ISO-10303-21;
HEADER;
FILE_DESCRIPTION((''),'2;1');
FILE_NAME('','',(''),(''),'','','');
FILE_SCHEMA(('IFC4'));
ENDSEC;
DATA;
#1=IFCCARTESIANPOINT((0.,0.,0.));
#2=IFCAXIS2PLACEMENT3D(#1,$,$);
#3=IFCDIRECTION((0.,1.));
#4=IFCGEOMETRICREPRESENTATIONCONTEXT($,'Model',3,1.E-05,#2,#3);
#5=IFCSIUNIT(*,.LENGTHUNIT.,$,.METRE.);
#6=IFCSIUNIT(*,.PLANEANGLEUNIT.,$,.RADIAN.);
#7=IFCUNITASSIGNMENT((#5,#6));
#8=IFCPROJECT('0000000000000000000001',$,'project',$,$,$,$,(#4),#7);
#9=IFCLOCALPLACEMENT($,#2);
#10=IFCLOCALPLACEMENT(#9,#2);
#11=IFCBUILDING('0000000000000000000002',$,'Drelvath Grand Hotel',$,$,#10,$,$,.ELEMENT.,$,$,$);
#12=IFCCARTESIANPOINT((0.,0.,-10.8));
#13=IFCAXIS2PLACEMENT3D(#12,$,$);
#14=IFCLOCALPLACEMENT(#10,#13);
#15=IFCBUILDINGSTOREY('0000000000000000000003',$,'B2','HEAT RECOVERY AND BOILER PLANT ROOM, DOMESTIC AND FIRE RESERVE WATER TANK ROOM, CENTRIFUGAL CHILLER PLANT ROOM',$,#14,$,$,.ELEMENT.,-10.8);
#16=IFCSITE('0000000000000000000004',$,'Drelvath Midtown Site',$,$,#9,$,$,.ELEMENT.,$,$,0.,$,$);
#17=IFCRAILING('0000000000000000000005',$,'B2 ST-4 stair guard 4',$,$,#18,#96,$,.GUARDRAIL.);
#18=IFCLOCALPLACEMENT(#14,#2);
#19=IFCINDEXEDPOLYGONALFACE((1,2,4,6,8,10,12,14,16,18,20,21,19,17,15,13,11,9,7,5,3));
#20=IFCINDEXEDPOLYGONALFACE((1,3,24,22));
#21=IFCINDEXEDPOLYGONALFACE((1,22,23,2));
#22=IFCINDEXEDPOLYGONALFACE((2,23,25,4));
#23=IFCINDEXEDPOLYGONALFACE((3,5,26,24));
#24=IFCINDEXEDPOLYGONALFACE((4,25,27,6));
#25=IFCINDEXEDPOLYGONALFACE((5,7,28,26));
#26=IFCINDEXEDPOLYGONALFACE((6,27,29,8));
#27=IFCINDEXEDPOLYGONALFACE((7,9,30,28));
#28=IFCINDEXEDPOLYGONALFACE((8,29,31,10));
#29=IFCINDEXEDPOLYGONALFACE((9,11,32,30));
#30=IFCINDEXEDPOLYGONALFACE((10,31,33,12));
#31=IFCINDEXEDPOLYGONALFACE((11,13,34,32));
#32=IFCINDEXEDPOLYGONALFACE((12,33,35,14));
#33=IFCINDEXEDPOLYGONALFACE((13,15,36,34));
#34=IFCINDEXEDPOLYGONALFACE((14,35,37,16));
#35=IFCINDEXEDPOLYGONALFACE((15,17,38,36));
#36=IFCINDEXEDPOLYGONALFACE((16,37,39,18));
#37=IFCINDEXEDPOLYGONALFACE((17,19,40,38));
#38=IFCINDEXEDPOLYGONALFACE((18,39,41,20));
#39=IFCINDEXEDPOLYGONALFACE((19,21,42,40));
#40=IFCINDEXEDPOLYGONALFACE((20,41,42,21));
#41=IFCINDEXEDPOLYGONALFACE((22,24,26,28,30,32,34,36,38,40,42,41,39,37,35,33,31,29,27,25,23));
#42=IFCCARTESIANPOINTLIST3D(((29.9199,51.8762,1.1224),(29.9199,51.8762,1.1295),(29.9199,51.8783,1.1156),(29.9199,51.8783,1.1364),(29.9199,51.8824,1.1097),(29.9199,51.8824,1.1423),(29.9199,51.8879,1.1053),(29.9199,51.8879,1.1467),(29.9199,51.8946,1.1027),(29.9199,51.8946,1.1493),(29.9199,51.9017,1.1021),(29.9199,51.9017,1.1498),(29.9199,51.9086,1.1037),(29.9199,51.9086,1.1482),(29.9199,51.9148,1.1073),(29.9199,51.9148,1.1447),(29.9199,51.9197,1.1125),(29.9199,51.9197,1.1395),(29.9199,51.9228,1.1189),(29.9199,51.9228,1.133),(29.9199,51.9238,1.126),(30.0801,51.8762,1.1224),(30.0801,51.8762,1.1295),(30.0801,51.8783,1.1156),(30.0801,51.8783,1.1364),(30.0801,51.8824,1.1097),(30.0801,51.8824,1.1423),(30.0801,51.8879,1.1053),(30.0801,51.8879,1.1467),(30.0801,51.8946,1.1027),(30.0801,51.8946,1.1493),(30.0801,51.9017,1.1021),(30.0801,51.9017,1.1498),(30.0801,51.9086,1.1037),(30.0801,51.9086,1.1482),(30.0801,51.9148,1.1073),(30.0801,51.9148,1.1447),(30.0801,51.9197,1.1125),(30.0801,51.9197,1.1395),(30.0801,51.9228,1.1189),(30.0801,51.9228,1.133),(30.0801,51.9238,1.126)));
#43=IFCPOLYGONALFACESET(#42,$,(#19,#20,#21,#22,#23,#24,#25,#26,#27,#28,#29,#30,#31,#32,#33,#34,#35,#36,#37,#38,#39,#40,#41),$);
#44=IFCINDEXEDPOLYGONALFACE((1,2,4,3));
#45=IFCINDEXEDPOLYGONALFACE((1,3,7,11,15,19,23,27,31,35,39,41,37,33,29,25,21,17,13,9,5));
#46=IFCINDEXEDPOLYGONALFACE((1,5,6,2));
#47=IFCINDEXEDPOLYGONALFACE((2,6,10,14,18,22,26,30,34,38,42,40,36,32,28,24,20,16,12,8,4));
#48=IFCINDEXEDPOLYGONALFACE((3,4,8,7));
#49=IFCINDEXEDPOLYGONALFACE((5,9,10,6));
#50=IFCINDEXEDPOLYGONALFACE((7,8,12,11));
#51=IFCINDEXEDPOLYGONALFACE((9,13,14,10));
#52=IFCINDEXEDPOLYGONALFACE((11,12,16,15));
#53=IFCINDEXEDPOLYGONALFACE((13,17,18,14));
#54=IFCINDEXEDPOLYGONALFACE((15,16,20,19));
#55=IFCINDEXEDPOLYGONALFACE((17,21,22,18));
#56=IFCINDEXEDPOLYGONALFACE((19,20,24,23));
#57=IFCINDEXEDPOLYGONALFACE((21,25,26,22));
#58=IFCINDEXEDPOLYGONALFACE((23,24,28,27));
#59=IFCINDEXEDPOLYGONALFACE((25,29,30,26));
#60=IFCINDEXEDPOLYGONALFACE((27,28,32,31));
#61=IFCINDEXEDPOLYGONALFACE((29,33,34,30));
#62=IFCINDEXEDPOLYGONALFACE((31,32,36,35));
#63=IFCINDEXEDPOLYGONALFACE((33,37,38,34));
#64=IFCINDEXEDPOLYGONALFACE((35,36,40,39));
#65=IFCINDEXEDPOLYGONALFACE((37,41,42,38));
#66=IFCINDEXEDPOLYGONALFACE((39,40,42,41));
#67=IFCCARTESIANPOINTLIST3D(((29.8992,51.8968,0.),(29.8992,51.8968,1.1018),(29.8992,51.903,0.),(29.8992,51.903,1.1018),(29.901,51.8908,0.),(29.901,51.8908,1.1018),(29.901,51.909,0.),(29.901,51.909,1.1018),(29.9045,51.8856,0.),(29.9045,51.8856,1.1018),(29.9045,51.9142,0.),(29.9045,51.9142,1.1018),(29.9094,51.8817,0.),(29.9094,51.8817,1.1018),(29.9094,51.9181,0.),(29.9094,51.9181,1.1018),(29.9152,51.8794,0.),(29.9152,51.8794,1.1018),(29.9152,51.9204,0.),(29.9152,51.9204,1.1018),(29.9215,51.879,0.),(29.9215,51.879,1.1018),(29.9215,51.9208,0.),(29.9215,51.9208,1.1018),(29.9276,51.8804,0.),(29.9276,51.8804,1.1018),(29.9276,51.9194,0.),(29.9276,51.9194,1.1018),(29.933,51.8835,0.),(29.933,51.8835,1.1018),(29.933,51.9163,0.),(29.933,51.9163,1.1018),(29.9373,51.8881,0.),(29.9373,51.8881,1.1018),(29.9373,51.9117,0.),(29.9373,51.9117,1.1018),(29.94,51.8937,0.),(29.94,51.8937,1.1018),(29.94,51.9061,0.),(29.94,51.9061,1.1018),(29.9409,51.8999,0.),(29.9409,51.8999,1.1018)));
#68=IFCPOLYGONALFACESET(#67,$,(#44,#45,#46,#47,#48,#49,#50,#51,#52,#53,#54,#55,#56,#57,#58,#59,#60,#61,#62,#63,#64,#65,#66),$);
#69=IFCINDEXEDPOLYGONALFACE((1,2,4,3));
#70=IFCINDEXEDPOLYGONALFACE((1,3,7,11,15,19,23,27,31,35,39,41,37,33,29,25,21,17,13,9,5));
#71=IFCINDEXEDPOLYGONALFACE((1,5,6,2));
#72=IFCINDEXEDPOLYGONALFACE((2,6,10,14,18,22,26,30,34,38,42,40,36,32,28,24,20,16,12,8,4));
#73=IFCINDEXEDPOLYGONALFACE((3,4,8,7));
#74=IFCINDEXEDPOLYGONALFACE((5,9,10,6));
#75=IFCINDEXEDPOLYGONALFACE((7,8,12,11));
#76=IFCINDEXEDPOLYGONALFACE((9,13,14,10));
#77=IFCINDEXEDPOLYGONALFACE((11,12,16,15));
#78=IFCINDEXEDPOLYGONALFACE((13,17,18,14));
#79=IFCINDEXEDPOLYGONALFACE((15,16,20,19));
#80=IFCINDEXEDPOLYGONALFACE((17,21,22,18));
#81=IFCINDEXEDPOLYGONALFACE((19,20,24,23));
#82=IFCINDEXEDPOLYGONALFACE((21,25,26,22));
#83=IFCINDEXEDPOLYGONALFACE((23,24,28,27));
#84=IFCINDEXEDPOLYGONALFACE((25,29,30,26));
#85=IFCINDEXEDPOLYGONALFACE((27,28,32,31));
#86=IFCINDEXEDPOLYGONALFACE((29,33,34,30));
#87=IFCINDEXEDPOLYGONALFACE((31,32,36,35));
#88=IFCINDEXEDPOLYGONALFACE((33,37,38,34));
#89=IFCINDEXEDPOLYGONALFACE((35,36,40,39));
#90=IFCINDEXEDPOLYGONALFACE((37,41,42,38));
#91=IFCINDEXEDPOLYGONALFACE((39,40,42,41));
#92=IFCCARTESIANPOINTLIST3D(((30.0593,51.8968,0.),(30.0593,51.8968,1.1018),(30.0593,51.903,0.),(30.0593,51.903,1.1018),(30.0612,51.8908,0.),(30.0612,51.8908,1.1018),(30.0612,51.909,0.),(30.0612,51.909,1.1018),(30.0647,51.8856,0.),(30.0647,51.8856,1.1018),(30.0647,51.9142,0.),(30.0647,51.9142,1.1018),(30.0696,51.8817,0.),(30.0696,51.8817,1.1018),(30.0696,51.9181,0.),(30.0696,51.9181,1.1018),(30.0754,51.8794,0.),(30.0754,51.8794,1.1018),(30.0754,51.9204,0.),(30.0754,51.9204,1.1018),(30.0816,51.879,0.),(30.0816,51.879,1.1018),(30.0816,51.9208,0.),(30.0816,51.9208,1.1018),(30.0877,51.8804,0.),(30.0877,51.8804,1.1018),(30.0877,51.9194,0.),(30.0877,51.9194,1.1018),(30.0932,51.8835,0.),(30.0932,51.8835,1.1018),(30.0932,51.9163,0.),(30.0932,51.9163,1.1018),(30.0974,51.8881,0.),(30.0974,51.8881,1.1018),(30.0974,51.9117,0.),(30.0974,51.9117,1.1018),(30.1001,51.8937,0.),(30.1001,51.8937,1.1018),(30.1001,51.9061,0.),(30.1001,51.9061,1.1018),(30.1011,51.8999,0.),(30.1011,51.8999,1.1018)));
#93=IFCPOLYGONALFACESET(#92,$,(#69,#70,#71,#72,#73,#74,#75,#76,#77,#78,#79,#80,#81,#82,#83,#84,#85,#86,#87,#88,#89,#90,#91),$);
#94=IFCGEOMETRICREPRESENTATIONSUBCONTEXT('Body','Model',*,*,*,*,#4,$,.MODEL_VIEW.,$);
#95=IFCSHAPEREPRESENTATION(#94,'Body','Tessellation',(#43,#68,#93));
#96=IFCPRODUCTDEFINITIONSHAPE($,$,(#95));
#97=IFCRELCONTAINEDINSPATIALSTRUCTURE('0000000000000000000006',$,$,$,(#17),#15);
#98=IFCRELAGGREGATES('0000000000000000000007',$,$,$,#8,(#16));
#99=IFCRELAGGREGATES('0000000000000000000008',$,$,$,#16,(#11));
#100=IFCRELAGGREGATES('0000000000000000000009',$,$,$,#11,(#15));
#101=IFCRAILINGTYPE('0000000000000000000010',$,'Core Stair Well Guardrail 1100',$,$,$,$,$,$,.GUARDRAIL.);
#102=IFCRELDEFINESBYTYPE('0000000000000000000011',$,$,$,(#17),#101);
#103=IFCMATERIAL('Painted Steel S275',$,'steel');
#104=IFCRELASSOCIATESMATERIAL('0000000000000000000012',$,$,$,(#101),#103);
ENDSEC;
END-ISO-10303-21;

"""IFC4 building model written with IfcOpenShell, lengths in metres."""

from ifc_helpers import new_model, si_unit, direction, frame, origin, origin_2d, place, context, subcontext, project, spatial, circle, extrude, material, type_object, element, save


model = new_model("IFC4")

# Units and contexts
model_context = context("Model", 3, precision=1e-05, world=origin(), true_north=direction((0.0, 1.0)))
body_context = subcontext(model_context, "Body", "Model", "MODEL_VIEW")
ifc_project = project(units=[si_unit("LENGTHUNIT", "METRE"), si_unit("PLANEANGLEUNIT", "RADIAN")], contexts=[model_context])

# Site, building, storey
site_placement = place(None, origin())
site = spatial("IfcSite", under=ifc_project, at=site_placement, Name="Drelvath Midtown Site", CompositionType="ELEMENT", RefElevation=0.0)
building_placement = place(site_placement, origin())
building = spatial("IfcBuilding", under=site, at=building_placement, Name="Drelvath Grand Hotel", CompositionType="ELEMENT")
storey_placement = place(building_placement, frame((0.0, 0.0, -10.8)))
storey = spatial("IfcBuildingStorey", under=building, at=storey_placement, Name="B2", Description="HEAT RECOVERY AND BOILER PLANT ROOM, DOMESTIC AND FIRE RESERVE WATER TANK ROOM, CENTRIFUGAL CHILLER PLANT ROOM", CompositionType="ELEMENT", Elevation=-10.8)

# Railing
ifc_material_1 = material(Name="Painted Steel S275", Category="steel")
railing_type_1 = type_object("IfcRailingType", Name="Core Stair Well Guardrail 1100", PredefinedType="GUARDRAIL", material=ifc_material_1)
railing_1_placement = place(storey_placement, frame((29.9199, 51.8999, 0.0)))
element("IfcRailing", 1, at=railing_1_placement, inside=storey, type_object=railing_type_1, Name="B2 ST-4 stair guard 4", PredefinedType="GUARDRAIL", context=body_context, shape_type="SweptSolid", body=[
    extrude(circle(Radius=0.0239, at=origin_2d()), frame((0.0, 0.0, 1.126), z_axis=(1.0, 0.0, 0.0), x_axis=(0.0, 1.0, 0.0)), (0.0, 0.0, 1.0), 0.1602),
    extrude(circle(Radius=0.021, at=origin_2d()), origin(), (0.0, 0.0, 1.0), 1.1018),
    extrude(circle(Radius=0.021, at=origin_2d()), frame((0.1602, 0.0, 0.0)), (0.0, 0.0, 1.0), 1.1018),
])

save(model, "model.ifc")
